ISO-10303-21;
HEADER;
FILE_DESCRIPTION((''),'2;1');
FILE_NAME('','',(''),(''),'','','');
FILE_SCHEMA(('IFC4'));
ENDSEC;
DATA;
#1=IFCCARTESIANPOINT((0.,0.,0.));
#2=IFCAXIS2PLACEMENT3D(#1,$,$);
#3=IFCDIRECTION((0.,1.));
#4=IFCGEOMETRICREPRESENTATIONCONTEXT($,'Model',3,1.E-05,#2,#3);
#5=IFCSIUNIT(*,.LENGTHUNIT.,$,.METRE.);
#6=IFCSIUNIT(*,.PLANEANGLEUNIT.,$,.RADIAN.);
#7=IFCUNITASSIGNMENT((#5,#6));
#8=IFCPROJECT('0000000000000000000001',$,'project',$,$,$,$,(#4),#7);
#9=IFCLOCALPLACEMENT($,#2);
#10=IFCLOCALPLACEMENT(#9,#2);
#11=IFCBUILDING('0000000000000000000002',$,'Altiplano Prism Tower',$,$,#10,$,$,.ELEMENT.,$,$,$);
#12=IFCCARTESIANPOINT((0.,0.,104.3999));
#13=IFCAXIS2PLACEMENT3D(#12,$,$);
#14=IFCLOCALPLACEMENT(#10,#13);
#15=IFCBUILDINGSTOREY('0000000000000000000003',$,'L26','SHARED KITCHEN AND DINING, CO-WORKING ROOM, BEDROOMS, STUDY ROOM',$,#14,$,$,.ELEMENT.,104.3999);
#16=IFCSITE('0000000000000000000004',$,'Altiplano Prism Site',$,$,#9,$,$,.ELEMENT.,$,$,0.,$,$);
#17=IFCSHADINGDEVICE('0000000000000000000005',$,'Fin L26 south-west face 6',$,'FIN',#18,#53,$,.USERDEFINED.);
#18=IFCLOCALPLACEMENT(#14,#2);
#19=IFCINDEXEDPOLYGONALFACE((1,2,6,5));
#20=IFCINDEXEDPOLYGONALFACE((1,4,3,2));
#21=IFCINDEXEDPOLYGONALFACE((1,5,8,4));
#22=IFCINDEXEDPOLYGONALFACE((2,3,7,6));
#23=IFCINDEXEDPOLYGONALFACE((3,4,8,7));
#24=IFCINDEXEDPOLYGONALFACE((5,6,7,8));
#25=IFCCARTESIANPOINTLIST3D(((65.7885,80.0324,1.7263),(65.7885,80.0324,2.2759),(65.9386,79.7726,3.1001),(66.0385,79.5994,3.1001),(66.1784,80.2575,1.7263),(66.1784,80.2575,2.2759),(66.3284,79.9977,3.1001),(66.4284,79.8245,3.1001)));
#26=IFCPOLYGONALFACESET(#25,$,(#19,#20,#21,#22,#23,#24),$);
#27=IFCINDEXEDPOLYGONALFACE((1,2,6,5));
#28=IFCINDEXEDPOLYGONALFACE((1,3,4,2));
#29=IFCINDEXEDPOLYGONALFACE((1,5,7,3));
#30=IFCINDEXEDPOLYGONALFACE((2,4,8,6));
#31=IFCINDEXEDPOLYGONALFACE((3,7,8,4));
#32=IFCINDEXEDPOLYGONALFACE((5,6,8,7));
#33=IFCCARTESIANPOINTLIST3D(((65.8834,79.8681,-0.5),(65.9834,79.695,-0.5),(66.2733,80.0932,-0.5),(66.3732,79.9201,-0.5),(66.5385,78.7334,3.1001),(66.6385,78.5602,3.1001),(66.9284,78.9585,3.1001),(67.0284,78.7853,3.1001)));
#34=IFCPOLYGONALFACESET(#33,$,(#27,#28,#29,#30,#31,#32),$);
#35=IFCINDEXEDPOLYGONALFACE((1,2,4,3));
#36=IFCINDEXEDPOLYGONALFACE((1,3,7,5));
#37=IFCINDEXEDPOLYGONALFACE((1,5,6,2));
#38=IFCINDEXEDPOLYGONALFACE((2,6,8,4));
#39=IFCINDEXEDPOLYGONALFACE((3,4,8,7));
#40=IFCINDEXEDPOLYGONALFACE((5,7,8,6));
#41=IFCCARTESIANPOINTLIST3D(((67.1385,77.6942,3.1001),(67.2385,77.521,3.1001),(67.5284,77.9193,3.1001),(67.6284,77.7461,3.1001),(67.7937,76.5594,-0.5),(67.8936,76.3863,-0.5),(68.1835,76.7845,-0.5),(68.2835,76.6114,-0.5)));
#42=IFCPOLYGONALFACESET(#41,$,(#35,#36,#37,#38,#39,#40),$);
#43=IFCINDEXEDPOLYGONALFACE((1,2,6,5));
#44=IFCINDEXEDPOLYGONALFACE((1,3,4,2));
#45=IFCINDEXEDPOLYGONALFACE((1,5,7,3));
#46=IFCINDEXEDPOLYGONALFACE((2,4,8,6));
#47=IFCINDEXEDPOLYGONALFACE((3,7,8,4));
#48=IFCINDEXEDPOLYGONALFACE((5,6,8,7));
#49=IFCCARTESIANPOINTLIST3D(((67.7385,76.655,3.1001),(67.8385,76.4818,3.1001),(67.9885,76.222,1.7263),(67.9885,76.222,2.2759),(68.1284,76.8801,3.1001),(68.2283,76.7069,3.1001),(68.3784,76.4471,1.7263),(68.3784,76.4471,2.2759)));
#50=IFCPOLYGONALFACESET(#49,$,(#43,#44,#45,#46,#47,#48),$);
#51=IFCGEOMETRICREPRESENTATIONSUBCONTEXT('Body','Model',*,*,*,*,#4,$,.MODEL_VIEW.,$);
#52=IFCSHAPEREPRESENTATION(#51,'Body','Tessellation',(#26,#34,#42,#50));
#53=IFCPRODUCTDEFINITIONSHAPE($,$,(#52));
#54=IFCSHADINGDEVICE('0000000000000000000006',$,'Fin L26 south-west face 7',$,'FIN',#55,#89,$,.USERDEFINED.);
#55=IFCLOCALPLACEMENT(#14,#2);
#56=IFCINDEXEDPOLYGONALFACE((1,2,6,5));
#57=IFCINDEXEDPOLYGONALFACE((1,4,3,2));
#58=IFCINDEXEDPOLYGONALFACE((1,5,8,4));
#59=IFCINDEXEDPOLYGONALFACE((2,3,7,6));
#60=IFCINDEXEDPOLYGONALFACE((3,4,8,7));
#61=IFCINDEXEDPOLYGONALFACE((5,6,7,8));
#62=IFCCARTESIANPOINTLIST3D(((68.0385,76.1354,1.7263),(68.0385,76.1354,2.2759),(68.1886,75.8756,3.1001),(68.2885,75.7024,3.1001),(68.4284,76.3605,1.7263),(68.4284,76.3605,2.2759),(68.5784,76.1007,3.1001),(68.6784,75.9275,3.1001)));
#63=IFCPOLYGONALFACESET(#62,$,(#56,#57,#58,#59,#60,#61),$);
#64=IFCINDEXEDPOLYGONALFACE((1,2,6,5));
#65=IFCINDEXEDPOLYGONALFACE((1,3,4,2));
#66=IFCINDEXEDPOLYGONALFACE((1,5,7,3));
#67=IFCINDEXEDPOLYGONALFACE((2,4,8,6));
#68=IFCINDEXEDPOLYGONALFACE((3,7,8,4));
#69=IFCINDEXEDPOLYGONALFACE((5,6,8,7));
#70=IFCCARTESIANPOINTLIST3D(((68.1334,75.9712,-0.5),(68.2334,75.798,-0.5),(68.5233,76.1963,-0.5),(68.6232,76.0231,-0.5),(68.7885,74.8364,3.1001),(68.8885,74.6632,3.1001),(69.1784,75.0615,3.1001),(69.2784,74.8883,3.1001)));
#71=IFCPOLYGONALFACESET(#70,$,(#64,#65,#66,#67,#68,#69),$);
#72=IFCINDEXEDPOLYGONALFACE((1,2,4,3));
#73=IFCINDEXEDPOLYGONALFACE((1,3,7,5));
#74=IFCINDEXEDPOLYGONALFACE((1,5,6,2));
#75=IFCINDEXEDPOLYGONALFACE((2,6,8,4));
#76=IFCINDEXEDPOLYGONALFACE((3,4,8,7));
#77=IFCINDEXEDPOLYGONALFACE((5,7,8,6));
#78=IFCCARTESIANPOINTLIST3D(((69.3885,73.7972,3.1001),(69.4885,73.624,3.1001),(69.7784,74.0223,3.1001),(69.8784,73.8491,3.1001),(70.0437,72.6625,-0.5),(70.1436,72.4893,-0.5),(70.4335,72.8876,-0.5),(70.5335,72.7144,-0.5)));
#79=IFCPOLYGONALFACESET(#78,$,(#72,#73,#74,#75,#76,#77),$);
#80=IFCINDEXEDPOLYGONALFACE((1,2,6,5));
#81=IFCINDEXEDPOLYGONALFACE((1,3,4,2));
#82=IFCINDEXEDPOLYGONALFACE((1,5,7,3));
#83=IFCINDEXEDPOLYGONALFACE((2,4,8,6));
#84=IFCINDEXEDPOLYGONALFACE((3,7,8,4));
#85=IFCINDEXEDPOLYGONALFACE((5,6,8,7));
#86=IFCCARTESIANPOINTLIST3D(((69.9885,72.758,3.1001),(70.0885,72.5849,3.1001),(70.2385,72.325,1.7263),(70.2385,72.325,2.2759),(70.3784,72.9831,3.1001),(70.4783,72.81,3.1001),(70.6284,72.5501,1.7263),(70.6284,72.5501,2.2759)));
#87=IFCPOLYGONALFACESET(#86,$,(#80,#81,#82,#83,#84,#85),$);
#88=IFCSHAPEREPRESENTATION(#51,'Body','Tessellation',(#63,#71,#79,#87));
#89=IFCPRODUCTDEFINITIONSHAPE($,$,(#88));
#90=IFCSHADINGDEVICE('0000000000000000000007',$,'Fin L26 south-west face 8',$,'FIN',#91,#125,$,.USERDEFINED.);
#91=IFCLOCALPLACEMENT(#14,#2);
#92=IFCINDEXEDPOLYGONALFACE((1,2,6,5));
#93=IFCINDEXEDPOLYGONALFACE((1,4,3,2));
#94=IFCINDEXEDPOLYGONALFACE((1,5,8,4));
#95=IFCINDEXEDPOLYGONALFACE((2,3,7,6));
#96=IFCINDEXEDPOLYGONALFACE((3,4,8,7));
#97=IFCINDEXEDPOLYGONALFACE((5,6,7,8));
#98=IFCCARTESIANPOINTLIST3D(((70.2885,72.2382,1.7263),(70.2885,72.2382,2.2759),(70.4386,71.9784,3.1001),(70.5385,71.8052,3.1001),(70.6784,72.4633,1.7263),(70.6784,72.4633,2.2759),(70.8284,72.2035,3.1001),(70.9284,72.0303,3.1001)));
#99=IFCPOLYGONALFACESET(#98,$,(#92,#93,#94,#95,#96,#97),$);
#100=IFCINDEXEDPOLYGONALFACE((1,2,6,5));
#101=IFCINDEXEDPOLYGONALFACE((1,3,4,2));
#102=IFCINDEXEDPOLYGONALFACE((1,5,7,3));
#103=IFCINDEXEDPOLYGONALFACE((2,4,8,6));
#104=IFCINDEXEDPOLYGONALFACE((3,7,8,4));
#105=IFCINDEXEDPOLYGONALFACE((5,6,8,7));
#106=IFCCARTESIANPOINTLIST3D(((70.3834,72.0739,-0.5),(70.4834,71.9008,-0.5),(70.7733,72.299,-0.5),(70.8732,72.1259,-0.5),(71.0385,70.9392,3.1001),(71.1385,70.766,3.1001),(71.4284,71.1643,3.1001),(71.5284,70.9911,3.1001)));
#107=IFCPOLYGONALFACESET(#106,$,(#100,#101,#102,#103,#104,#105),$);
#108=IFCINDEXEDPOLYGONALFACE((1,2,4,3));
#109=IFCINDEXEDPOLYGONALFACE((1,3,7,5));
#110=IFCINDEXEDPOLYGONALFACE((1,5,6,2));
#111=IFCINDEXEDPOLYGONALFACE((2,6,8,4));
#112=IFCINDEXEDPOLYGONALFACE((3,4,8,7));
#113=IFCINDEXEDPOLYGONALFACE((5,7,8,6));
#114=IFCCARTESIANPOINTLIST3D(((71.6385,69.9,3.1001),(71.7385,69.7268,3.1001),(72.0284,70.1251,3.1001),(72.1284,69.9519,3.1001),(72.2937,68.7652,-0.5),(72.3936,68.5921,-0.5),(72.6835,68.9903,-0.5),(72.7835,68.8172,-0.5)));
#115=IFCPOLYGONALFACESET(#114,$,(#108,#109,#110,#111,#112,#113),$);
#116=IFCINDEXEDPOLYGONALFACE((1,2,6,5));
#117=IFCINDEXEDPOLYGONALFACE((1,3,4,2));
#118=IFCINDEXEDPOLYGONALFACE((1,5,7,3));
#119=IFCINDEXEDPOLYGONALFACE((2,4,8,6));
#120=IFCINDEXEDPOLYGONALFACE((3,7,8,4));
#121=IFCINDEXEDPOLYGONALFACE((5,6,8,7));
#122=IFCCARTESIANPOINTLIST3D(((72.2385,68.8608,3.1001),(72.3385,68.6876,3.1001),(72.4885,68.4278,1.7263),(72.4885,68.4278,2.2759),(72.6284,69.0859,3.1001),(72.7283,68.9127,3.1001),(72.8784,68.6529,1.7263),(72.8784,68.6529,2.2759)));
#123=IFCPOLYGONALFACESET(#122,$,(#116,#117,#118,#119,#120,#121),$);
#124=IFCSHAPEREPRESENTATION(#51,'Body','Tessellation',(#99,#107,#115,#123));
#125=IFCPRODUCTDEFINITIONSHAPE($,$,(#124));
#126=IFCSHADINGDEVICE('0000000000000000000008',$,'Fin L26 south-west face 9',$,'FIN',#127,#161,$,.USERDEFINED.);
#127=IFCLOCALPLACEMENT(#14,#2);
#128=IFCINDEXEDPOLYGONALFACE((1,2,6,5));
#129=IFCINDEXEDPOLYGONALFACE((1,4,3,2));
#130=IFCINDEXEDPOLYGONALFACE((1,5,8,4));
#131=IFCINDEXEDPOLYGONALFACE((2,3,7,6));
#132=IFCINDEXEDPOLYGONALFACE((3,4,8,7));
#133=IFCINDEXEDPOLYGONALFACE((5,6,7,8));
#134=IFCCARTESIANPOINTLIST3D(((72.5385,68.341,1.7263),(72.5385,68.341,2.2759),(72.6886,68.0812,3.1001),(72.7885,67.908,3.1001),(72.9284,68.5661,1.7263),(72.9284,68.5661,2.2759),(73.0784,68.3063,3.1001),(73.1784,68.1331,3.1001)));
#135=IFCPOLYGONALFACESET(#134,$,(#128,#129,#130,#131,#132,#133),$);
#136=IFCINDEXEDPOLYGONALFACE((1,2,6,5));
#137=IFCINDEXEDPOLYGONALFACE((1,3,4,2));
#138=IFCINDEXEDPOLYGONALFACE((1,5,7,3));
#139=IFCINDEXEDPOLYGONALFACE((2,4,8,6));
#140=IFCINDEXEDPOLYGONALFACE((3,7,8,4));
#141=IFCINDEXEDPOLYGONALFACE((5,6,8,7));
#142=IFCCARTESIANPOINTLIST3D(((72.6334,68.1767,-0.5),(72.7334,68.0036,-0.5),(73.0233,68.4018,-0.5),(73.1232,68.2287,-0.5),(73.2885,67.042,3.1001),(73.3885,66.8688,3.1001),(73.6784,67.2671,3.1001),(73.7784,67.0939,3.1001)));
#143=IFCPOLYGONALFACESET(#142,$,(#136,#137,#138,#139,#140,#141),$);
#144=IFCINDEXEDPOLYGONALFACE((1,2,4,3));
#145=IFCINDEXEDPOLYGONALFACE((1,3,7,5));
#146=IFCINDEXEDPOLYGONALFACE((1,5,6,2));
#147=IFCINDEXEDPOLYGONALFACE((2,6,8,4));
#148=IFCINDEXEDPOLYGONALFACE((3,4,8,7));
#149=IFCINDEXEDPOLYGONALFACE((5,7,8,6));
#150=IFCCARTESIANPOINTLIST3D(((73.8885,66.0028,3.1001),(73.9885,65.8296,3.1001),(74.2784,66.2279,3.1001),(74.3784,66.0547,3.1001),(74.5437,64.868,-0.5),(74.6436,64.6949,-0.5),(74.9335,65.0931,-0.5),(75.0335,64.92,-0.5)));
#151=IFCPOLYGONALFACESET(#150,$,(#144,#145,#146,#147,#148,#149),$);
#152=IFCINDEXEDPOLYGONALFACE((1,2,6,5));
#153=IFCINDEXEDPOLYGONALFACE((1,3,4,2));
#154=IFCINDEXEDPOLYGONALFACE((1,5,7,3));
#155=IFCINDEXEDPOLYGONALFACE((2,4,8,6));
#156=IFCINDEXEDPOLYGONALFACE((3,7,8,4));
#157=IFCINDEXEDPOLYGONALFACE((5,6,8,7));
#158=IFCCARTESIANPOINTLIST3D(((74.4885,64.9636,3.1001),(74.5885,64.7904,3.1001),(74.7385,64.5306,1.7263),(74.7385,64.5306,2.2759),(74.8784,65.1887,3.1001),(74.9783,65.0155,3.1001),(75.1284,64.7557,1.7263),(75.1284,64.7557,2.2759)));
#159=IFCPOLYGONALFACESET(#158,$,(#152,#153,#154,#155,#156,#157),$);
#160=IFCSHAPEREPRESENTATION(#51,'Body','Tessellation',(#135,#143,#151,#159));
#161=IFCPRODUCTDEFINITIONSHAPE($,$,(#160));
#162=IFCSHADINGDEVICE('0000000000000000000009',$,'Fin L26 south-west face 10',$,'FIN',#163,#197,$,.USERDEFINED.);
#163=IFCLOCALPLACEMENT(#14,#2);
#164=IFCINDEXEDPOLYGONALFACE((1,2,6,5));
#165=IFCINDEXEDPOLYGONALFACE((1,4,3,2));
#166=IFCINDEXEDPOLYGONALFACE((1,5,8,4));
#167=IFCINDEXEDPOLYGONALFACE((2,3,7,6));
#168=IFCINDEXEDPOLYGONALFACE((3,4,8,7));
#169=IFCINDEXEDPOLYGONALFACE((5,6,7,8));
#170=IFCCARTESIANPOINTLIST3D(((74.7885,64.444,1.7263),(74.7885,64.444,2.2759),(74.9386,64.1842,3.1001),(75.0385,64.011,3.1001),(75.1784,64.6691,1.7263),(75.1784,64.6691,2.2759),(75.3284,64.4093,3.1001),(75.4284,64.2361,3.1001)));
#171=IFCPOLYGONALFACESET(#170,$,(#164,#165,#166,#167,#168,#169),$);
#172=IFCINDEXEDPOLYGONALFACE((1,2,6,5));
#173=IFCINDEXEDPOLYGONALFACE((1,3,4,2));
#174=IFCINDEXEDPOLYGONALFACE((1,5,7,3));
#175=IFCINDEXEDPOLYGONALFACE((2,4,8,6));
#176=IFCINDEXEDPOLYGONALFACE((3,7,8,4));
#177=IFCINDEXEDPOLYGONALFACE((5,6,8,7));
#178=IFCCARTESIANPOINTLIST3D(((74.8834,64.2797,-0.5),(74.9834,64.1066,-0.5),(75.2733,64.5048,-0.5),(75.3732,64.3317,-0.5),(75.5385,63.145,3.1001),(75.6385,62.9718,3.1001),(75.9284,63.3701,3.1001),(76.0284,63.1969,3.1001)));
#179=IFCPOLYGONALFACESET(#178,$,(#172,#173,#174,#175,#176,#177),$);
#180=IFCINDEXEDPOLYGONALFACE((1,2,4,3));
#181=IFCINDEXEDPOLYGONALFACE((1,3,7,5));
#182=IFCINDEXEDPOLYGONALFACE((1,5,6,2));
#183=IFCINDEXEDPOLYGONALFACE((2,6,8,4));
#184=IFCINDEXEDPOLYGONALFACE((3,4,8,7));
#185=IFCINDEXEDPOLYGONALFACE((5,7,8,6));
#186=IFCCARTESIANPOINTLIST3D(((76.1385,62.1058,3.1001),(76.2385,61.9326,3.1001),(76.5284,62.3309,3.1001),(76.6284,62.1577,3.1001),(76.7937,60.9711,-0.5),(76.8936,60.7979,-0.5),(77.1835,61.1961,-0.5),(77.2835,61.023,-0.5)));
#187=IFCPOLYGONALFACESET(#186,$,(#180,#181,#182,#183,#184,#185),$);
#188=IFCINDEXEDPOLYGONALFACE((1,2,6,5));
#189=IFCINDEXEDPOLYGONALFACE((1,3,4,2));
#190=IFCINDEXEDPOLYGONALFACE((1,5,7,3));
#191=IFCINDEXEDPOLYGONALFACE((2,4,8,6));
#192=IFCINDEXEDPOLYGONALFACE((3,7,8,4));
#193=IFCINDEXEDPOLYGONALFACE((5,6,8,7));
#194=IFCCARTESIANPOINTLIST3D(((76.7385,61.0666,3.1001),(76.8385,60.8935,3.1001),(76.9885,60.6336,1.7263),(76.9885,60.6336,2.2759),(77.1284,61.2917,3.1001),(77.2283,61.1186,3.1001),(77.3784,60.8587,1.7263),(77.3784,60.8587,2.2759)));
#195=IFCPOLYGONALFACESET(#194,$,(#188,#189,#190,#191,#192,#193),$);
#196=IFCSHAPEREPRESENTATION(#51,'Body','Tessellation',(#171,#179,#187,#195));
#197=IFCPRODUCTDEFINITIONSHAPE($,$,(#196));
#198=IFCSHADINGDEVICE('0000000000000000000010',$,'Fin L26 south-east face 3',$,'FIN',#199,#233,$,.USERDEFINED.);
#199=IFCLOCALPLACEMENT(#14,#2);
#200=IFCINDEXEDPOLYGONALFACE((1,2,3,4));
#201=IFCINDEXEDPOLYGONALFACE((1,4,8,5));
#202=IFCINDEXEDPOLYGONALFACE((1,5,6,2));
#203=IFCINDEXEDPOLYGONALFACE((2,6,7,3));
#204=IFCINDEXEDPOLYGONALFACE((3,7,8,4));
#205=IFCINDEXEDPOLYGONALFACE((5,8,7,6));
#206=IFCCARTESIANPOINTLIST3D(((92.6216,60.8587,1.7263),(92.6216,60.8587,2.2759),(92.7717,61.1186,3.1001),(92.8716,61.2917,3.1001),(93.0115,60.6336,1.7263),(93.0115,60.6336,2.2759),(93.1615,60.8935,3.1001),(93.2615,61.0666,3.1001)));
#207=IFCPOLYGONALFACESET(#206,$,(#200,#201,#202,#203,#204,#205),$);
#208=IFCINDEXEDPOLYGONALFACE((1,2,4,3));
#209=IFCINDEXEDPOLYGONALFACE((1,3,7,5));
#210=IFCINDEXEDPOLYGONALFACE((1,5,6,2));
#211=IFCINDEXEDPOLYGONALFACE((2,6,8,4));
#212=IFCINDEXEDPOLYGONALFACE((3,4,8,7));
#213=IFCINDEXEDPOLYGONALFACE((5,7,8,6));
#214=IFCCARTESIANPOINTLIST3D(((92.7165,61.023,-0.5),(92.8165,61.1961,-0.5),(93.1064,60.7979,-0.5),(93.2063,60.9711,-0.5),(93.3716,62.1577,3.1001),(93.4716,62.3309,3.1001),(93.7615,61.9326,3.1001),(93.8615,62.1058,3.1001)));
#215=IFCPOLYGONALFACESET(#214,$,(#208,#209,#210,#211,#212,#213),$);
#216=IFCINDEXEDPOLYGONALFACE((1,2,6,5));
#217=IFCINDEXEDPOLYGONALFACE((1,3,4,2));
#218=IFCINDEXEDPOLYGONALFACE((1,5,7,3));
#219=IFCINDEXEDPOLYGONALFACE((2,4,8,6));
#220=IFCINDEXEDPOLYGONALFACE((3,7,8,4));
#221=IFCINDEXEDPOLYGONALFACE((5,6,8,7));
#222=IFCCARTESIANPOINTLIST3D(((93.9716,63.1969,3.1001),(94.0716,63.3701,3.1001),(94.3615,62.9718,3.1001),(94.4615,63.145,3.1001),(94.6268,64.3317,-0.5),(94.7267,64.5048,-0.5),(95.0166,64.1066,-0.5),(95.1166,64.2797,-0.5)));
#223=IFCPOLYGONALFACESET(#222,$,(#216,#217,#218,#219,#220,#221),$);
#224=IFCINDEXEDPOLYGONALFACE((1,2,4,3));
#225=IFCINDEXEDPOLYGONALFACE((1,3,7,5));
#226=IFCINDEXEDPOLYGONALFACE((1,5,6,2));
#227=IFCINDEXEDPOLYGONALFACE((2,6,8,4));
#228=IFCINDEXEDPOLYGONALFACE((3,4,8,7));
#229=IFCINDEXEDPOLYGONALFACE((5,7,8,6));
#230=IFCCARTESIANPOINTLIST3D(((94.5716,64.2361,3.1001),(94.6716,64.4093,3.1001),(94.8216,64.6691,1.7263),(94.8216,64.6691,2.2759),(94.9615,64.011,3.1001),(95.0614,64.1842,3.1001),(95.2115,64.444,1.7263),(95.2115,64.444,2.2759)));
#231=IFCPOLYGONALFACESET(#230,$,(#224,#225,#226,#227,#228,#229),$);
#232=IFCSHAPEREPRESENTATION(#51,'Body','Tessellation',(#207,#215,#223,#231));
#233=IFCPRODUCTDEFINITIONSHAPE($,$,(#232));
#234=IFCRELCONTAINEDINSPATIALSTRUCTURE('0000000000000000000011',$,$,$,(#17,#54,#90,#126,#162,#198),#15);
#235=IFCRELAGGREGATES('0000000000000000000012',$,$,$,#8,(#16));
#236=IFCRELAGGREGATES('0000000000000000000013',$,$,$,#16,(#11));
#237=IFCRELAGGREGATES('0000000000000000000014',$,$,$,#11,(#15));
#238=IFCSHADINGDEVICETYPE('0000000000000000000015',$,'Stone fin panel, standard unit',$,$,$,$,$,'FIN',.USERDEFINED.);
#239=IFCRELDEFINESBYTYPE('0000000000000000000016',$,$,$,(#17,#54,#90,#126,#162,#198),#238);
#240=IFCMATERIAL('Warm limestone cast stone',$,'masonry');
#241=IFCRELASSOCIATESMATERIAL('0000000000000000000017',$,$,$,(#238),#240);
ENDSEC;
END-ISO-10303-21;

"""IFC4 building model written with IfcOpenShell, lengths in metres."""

from ifc_helpers import new_model, si_unit, direction, frame, origin, place, context, subcontext, project, spatial, polyline, outline, extrude, source, transform, mapped, material, type_object, element, save


model = new_model("IFC4")

# Units and contexts
model_context = context("Model", 3, precision=1e-05, world=origin(), true_north=direction((0.0, 1.0)))
body_context = subcontext(model_context, "Body", "Model", "MODEL_VIEW")
ifc_project = project(units=[si_unit("LENGTHUNIT", "METRE"), si_unit("PLANEANGLEUNIT", "RADIAN")], contexts=[model_context])

# Site, building, storey
site_placement = place(None, origin())
site = spatial("IfcSite", under=ifc_project, at=site_placement, Name="Altiplano Prism Site", CompositionType="ELEMENT", RefElevation=0.0)
building_placement = place(site_placement, origin())
building = spatial("IfcBuilding", under=site, at=building_placement, Name="Altiplano Prism Tower", CompositionType="ELEMENT")
storey_placement = place(building_placement, frame((0.0, 0.0, 104.3999)))
storey = spatial("IfcBuildingStorey", under=building, at=storey_placement, Name="L26", Description="SHARED KITCHEN AND DINING, CO-WORKING ROOM, BEDROOMS, STUDY ROOM", CompositionType="ELEMENT", Elevation=104.3999)

# Shading devices
ifc_material_1 = material(Name="Warm limestone cast stone", Category="masonry")
shading_device_type_1 = type_object("IfcShadingDeviceType", Name="Stone fin panel, standard unit", ElementType="FIN", PredefinedType="USERDEFINED", material=ifc_material_1)
shared_shape_1 = source(origin(), body_context, "Body", "SweptSolid", [
    extrude(outline(polyline([(-2.2, 2.2263), (-1.7, 3.6001), (-1.8999, 3.6001), (-2.2, 2.7759), (-2.2, 2.2263)])), frame((0.0, -0.1499, 0.0), z_axis=(0.0, -1.0, 0.0), x_axis=(1.0, 0.0, 0.0)), (0.0, 0.0, 1.0), 0.4502),
    extrude(outline(polyline([(-2.0103, 0.0), (-1.8103, 0.0), (-0.5, 3.6001), (-0.7, 3.6001), (-2.0103, 0.0)])), frame((0.0, -0.1499, 0.0), z_axis=(0.0, -1.0, 0.0), x_axis=(1.0, 0.0, 0.0)), (0.0, 0.0, 1.0), 0.4502),
    extrude(outline(polyline([(1.8103, 0.0), (2.0103, 0.0), (0.7, 3.6001), (0.5, 3.6001), (1.8103, 0.0)])), frame((0.0, -0.1499, 0.0), z_axis=(0.0, -1.0, 0.0), x_axis=(1.0, 0.0, 0.0)), (0.0, 0.0, 1.0), 0.4502),
    extrude(outline(polyline([(2.2, 2.7759), (1.8999, 3.6001), (1.7, 3.6001), (2.2, 2.2263), (2.2, 2.7759)])), frame((0.0, -0.1499, 0.0), z_axis=(0.0, -1.0, 0.0), x_axis=(1.0, 0.0, 0.0)), (0.0, 0.0, 1.0), 0.4502),
])
shading_device_1_placement = place(storey_placement, origin())
element("IfcShadingDevice", 1, at=shading_device_1_placement, inside=storey, type_object=shading_device_type_1, Name="Fin L26 south-west face 6", ObjectType="FIN", PredefinedType="USERDEFINED", context=body_context, shape_type="MappedRepresentation", body=[
    mapped(shared_shape_1, transform((67.4082, 78.4272, -0.5), x_axis=(0.5, -0.866025, 0.0), y_axis=(0.866025, 0.5, 0.0), z_axis=(0.0, 0.0, 1.0))),
])
shading_device_2_placement = place(storey_placement, origin())
element("IfcShadingDevice", 2, at=shading_device_2_placement, inside=storey, type_object=shading_device_type_1, Name="Fin L26 south-west face 7", ObjectType="FIN", PredefinedType="USERDEFINED", context=body_context, shape_type="MappedRepresentation", body=[
    mapped(shared_shape_1, transform((69.6582, 74.5303, -0.5), x_axis=(0.5, -0.866025, 0.0), y_axis=(0.866025, 0.5, 0.0), z_axis=(0.0, 0.0, 1.0))),
])
shading_device_3_placement = place(storey_placement, origin())
element("IfcShadingDevice", 3, at=shading_device_3_placement, inside=storey, type_object=shading_device_type_1, Name="Fin L26 south-west face 8", ObjectType="FIN", PredefinedType="USERDEFINED", context=body_context, shape_type="MappedRepresentation", body=[
    mapped(shared_shape_1, transform((71.9082, 70.6331, -0.5), x_axis=(0.5, -0.866025, 0.0), y_axis=(0.866025, 0.5, 0.0), z_axis=(0.0, 0.0, 1.0))),
])
shading_device_4_placement = place(storey_placement, origin())
element("IfcShadingDevice", 4, at=shading_device_4_placement, inside=storey, type_object=shading_device_type_1, Name="Fin L26 south-west face 9", ObjectType="FIN", PredefinedType="USERDEFINED", context=body_context, shape_type="MappedRepresentation", body=[
    mapped(shared_shape_1, transform((74.1582, 66.7358, -0.5), x_axis=(0.5, -0.866025, 0.0), y_axis=(0.866025, 0.5, 0.0), z_axis=(0.0, 0.0, 1.0))),
])
shading_device_5_placement = place(storey_placement, origin())
element("IfcShadingDevice", 5, at=shading_device_5_placement, inside=storey, type_object=shading_device_type_1, Name="Fin L26 south-west face 10", ObjectType="FIN", PredefinedType="USERDEFINED", context=body_context, shape_type="MappedRepresentation", body=[
    mapped(shared_shape_1, transform((76.4082, 62.8389, -0.5), x_axis=(0.5, -0.866025, 0.0), y_axis=(0.866025, 0.5, 0.0), z_axis=(0.0, 0.0, 1.0))),
])
shading_device_6_placement = place(storey_placement, origin())
element("IfcShadingDevice", 6, at=shading_device_6_placement, inside=storey, type_object=shading_device_type_1, Name="Fin L26 south-east face 3", ObjectType="FIN", PredefinedType="USERDEFINED", context=body_context, shape_type="MappedRepresentation", body=[
    mapped(shared_shape_1, transform((93.5918, 62.8389, -0.5), x_axis=(0.5, 0.866025, 0.0), y_axis=(-0.866025, 0.5, 0.0), z_axis=(0.0, 0.0, 1.0))),
])

save(model, "model.ifc")
